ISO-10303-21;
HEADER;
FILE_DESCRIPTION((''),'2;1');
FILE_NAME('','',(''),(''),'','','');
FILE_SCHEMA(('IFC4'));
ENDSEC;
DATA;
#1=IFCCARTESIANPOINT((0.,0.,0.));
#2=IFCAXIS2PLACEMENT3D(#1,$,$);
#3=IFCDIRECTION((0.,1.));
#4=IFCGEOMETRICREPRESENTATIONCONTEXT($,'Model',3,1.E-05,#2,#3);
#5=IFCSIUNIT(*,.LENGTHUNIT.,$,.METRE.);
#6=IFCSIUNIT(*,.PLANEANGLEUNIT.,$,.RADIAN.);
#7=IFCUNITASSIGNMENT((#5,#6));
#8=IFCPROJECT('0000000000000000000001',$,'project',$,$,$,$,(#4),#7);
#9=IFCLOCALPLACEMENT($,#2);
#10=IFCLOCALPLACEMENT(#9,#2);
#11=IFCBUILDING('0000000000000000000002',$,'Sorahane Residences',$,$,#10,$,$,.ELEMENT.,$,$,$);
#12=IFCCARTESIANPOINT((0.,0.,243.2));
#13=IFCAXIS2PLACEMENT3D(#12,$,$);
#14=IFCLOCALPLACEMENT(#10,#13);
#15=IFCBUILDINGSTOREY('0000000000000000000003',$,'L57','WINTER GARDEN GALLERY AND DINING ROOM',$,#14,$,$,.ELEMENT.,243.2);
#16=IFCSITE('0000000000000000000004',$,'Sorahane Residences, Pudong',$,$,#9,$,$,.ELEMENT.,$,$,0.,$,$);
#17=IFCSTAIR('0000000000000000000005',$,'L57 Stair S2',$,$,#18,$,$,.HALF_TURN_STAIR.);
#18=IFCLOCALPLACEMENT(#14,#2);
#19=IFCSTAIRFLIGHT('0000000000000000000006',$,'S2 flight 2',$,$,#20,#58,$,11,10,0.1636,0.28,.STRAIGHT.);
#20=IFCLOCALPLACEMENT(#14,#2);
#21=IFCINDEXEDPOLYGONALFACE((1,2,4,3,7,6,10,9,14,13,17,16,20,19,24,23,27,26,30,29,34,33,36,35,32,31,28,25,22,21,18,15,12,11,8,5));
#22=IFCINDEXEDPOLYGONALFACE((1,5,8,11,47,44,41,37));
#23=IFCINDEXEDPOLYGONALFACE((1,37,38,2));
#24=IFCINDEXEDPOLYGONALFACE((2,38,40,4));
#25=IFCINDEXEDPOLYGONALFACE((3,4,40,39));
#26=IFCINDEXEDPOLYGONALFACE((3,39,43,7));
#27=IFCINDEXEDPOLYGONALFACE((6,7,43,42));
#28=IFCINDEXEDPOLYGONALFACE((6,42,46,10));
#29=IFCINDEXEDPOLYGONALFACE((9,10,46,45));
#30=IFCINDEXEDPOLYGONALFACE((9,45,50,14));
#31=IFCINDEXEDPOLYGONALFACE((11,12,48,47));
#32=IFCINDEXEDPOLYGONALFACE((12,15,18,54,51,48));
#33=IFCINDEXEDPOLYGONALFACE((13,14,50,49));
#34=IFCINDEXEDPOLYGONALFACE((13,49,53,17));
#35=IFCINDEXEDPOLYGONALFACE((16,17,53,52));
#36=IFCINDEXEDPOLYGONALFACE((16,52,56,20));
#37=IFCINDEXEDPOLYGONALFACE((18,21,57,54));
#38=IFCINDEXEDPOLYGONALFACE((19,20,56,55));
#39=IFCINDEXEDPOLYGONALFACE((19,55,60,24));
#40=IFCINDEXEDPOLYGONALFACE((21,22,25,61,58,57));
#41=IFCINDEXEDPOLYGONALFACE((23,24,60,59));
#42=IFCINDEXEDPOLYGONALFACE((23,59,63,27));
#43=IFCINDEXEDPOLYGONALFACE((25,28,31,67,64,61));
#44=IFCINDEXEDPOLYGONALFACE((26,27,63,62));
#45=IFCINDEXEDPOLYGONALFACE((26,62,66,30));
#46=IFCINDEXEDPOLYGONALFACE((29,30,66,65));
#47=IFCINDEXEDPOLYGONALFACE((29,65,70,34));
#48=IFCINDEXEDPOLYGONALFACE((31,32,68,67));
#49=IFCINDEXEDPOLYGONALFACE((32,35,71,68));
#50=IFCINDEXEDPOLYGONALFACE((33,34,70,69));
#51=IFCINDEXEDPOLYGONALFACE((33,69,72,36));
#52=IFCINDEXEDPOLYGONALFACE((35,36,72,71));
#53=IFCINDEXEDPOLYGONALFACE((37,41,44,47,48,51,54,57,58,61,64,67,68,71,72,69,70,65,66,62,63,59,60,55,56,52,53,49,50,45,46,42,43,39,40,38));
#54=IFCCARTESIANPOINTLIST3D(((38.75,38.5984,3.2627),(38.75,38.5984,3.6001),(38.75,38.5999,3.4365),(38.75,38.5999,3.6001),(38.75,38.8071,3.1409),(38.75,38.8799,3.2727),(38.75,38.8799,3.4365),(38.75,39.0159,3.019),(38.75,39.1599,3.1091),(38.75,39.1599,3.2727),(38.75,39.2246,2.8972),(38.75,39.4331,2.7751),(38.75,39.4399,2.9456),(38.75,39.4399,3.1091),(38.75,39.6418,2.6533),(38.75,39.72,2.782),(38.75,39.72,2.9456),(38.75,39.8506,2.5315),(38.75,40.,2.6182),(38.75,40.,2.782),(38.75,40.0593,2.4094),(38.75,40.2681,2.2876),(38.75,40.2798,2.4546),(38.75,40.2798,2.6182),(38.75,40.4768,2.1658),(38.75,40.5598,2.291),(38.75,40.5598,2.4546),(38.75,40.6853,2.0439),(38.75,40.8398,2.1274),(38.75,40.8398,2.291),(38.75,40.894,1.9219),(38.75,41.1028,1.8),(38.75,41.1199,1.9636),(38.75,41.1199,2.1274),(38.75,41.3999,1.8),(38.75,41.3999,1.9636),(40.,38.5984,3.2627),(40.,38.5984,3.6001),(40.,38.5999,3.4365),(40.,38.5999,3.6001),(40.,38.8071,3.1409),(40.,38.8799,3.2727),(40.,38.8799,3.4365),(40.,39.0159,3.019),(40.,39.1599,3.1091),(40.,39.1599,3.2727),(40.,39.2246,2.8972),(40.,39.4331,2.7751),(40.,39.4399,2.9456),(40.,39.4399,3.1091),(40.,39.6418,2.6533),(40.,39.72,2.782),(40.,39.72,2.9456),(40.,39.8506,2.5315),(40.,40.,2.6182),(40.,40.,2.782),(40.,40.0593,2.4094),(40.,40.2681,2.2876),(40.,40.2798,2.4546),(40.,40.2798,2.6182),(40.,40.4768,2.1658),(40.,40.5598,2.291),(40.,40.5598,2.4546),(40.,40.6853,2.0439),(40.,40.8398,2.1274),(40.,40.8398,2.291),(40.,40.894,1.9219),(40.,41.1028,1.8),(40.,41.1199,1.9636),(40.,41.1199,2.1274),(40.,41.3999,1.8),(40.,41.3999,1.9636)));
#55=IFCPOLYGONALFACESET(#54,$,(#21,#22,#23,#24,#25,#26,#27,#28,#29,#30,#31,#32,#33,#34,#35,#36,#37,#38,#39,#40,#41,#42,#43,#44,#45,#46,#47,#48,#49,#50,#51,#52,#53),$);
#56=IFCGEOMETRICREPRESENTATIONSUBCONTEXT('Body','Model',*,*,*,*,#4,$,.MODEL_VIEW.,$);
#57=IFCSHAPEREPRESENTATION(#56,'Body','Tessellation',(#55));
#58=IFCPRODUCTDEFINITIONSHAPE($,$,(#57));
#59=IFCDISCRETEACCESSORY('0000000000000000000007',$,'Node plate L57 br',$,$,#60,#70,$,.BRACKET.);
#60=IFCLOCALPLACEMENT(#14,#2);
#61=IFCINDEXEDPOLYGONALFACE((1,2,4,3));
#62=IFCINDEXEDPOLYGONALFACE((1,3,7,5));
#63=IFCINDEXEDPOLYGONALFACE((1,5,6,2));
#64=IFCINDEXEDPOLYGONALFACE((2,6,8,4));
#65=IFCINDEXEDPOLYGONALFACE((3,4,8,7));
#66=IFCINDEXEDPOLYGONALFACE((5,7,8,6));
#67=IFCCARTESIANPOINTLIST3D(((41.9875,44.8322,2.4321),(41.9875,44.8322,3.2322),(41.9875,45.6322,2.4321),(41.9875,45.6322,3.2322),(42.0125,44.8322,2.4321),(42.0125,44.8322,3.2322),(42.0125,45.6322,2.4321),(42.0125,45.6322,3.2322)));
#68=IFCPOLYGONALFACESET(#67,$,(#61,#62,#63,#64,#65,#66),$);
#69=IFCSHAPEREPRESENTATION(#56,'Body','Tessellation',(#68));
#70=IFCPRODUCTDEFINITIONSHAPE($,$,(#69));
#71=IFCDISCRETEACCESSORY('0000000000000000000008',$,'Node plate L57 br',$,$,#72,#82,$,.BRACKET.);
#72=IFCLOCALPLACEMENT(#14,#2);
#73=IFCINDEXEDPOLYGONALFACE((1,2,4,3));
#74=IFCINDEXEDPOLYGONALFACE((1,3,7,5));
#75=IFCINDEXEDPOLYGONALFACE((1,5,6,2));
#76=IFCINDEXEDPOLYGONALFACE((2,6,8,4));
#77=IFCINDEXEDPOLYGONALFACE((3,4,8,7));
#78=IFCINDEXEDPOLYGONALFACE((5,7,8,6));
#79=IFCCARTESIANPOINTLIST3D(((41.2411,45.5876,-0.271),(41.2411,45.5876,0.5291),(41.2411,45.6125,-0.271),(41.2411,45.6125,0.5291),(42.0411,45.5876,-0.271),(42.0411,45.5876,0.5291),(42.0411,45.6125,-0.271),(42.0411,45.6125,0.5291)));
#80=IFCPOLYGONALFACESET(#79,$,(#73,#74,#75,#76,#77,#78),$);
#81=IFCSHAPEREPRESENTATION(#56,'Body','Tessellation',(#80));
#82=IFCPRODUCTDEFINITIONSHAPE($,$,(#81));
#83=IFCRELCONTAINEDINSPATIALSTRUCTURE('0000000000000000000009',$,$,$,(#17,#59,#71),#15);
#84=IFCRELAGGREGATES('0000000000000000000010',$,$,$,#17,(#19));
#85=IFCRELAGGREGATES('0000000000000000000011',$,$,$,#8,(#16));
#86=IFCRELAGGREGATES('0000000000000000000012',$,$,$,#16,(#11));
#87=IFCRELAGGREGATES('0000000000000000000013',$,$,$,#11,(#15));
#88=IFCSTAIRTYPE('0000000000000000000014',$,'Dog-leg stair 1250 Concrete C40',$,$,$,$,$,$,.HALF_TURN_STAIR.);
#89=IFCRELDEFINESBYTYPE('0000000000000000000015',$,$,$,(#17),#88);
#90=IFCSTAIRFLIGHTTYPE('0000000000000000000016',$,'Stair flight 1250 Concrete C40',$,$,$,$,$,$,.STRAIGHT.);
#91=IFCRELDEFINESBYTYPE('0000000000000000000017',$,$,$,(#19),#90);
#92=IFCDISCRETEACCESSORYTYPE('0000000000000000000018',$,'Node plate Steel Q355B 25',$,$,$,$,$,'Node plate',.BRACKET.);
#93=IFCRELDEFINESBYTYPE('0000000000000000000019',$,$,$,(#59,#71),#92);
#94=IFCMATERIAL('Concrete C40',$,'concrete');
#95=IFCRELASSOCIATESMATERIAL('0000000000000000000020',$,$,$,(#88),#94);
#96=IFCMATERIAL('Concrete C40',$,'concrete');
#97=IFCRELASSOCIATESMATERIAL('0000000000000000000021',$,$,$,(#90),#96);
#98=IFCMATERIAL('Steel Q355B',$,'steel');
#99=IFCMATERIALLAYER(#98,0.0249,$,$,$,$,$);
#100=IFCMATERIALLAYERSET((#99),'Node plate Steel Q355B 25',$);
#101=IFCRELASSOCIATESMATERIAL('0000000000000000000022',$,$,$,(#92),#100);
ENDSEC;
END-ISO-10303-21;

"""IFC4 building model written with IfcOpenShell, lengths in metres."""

from ifc_helpers import new_model, si_unit, direction, frame, origin, origin_2d, place, context, subcontext, project, spatial, polyline, rectangle, outline, extrude, material, layer, layer_set, type_object, element, aggregate, save


model = new_model("IFC4")

# Units and contexts
model_context = context("Model", 3, precision=1e-05, world=origin(), true_north=direction((0.0, 1.0)))
body_context = subcontext(model_context, "Body", "Model", "MODEL_VIEW")
ifc_project = project(units=[si_unit("LENGTHUNIT", "METRE"), si_unit("PLANEANGLEUNIT", "RADIAN")], contexts=[model_context])

# Site, building, storey
site_placement = place(None, origin())
site = spatial("IfcSite", under=ifc_project, at=site_placement, Name="Sorahane Residences, Pudong", CompositionType="ELEMENT", RefElevation=0.0)
building_placement = place(site_placement, origin())
building = spatial("IfcBuilding", under=site, at=building_placement, Name="Sorahane Residences", CompositionType="ELEMENT")
storey_placement = place(building_placement, frame((0.0, 0.0, 243.2)))
storey = spatial("IfcBuildingStorey", under=building, at=storey_placement, Name="L57", Description="WINTER GARDEN GALLERY AND DINING ROOM", CompositionType="ELEMENT", Elevation=243.2)

# Stair, stair flight
ifc_material_1 = material(Name="Concrete C40", Category="concrete")
stair_type = type_object("IfcStairType", Name="Dog-leg stair 1250 Concrete C40", PredefinedType="HALF_TURN_STAIR", material=ifc_material_1)
stair_placement = place(storey_placement, origin())
stair = element("IfcStair", 1, at=stair_placement, inside=storey, type_object=stair_type, Name="L57 Stair S2", PredefinedType="HALF_TURN_STAIR")
ifc_material_2 = material(Name="Concrete C40", Category="concrete")
stair_flight_type = type_object("IfcStairFlightType", Name="Stair flight 1250 Concrete C40", PredefinedType="STRAIGHT", material=ifc_material_2)
stair_flight_placement = place(storey_placement, frame((39.375, 41.3999, 1.8), z_axis=(0.0, 0.0, 1.0), x_axis=(0.0, -1.0, 0.0)))
stair_flight = element("IfcStairFlight", 2, at=stair_flight_placement, type_object=stair_flight_type, Name="S2 flight 2", NumberOfRisers=11, NumberOfTreads=10, PredefinedType="STRAIGHT", RiserHeight=0.1636, TreadLength=0.28, context=body_context, shape_type="SweptSolid", body=[
    extrude(outline(polyline([(0.0, 0.0), (0.0, 0.1636), (0.28, 0.1636), (0.28, 0.3274), (0.5601, 0.3274), (0.5601, 0.491), (0.8401, 0.491), (0.8401, 0.6545), (1.1201, 0.6545), (1.1201, 0.8181), (1.3999, 0.8181), (1.3999, 0.9819), (1.6799, 0.9819), (1.6799, 1.1455), (1.96, 1.1455), (1.96, 1.3091), (2.24, 1.3091), (2.24, 1.4727), (2.52, 1.4727), (2.52, 1.6365), (2.8, 1.6365), (2.8, 1.8), (2.8015, 1.8), (2.8015, 1.4626), (2.5928, 1.3408), (2.384, 1.219), (2.1753, 1.0972), (1.9668, 0.9751), (1.7581, 0.8533), (1.5493, 0.7314), (1.3406, 0.6094), (1.1318, 0.4875), (0.9231, 0.3657), (0.7146, 0.2439), (0.5059, 0.1218), (0.2971, 0.0), (0.0, 0.0)])), frame((0.0, 0.625, 0.0), z_axis=(0.0, -1.0, 0.0), x_axis=(1.0, 0.0, 0.0)), (0.0, 0.0, 1.0), 1.25),
])
aggregate(stair, [stair_flight])

# Discrete accessories
ifc_material_3 = material(Name="Steel Q355B", Category="steel")
ifc_layer_1 = layer(ifc_material_3, 0.0249)
ifc_layer_set_1 = layer_set([ifc_layer_1], Name="Node plate Steel Q355B 25")
discrete_accessory_type = type_object("IfcDiscreteAccessoryType", Name="Node plate Steel Q355B 25", ElementType="Node plate", PredefinedType="BRACKET", material=ifc_layer_set_1)
for number, where, z_axis, x_axis, name in (
    (3, (42.0, 45.2322, 2.4321), (0.0, 0.0, 1.0), (0.0, 1.0, 0.0), "Node plate L57 br"),
    (4, (41.6411, 45.6001, -0.271), (0.0, 0.0, 1.0), (1.0, 0.0, 0.0), "Node plate L57 br"),
):
    element("IfcDiscreteAccessory", number, at=place(storey_placement, frame(where, z_axis=z_axis, x_axis=x_axis)), inside=storey, type_object=discrete_accessory_type, Name=name, PredefinedType="BRACKET", context=body_context, shape_type="SweptSolid", body=[
        extrude(rectangle(XDim=0.8, YDim=0.0249, at=origin_2d()), origin(), (0.0, 0.0, 1.0), 0.8),
    ])

save(model, "model.ifc")
